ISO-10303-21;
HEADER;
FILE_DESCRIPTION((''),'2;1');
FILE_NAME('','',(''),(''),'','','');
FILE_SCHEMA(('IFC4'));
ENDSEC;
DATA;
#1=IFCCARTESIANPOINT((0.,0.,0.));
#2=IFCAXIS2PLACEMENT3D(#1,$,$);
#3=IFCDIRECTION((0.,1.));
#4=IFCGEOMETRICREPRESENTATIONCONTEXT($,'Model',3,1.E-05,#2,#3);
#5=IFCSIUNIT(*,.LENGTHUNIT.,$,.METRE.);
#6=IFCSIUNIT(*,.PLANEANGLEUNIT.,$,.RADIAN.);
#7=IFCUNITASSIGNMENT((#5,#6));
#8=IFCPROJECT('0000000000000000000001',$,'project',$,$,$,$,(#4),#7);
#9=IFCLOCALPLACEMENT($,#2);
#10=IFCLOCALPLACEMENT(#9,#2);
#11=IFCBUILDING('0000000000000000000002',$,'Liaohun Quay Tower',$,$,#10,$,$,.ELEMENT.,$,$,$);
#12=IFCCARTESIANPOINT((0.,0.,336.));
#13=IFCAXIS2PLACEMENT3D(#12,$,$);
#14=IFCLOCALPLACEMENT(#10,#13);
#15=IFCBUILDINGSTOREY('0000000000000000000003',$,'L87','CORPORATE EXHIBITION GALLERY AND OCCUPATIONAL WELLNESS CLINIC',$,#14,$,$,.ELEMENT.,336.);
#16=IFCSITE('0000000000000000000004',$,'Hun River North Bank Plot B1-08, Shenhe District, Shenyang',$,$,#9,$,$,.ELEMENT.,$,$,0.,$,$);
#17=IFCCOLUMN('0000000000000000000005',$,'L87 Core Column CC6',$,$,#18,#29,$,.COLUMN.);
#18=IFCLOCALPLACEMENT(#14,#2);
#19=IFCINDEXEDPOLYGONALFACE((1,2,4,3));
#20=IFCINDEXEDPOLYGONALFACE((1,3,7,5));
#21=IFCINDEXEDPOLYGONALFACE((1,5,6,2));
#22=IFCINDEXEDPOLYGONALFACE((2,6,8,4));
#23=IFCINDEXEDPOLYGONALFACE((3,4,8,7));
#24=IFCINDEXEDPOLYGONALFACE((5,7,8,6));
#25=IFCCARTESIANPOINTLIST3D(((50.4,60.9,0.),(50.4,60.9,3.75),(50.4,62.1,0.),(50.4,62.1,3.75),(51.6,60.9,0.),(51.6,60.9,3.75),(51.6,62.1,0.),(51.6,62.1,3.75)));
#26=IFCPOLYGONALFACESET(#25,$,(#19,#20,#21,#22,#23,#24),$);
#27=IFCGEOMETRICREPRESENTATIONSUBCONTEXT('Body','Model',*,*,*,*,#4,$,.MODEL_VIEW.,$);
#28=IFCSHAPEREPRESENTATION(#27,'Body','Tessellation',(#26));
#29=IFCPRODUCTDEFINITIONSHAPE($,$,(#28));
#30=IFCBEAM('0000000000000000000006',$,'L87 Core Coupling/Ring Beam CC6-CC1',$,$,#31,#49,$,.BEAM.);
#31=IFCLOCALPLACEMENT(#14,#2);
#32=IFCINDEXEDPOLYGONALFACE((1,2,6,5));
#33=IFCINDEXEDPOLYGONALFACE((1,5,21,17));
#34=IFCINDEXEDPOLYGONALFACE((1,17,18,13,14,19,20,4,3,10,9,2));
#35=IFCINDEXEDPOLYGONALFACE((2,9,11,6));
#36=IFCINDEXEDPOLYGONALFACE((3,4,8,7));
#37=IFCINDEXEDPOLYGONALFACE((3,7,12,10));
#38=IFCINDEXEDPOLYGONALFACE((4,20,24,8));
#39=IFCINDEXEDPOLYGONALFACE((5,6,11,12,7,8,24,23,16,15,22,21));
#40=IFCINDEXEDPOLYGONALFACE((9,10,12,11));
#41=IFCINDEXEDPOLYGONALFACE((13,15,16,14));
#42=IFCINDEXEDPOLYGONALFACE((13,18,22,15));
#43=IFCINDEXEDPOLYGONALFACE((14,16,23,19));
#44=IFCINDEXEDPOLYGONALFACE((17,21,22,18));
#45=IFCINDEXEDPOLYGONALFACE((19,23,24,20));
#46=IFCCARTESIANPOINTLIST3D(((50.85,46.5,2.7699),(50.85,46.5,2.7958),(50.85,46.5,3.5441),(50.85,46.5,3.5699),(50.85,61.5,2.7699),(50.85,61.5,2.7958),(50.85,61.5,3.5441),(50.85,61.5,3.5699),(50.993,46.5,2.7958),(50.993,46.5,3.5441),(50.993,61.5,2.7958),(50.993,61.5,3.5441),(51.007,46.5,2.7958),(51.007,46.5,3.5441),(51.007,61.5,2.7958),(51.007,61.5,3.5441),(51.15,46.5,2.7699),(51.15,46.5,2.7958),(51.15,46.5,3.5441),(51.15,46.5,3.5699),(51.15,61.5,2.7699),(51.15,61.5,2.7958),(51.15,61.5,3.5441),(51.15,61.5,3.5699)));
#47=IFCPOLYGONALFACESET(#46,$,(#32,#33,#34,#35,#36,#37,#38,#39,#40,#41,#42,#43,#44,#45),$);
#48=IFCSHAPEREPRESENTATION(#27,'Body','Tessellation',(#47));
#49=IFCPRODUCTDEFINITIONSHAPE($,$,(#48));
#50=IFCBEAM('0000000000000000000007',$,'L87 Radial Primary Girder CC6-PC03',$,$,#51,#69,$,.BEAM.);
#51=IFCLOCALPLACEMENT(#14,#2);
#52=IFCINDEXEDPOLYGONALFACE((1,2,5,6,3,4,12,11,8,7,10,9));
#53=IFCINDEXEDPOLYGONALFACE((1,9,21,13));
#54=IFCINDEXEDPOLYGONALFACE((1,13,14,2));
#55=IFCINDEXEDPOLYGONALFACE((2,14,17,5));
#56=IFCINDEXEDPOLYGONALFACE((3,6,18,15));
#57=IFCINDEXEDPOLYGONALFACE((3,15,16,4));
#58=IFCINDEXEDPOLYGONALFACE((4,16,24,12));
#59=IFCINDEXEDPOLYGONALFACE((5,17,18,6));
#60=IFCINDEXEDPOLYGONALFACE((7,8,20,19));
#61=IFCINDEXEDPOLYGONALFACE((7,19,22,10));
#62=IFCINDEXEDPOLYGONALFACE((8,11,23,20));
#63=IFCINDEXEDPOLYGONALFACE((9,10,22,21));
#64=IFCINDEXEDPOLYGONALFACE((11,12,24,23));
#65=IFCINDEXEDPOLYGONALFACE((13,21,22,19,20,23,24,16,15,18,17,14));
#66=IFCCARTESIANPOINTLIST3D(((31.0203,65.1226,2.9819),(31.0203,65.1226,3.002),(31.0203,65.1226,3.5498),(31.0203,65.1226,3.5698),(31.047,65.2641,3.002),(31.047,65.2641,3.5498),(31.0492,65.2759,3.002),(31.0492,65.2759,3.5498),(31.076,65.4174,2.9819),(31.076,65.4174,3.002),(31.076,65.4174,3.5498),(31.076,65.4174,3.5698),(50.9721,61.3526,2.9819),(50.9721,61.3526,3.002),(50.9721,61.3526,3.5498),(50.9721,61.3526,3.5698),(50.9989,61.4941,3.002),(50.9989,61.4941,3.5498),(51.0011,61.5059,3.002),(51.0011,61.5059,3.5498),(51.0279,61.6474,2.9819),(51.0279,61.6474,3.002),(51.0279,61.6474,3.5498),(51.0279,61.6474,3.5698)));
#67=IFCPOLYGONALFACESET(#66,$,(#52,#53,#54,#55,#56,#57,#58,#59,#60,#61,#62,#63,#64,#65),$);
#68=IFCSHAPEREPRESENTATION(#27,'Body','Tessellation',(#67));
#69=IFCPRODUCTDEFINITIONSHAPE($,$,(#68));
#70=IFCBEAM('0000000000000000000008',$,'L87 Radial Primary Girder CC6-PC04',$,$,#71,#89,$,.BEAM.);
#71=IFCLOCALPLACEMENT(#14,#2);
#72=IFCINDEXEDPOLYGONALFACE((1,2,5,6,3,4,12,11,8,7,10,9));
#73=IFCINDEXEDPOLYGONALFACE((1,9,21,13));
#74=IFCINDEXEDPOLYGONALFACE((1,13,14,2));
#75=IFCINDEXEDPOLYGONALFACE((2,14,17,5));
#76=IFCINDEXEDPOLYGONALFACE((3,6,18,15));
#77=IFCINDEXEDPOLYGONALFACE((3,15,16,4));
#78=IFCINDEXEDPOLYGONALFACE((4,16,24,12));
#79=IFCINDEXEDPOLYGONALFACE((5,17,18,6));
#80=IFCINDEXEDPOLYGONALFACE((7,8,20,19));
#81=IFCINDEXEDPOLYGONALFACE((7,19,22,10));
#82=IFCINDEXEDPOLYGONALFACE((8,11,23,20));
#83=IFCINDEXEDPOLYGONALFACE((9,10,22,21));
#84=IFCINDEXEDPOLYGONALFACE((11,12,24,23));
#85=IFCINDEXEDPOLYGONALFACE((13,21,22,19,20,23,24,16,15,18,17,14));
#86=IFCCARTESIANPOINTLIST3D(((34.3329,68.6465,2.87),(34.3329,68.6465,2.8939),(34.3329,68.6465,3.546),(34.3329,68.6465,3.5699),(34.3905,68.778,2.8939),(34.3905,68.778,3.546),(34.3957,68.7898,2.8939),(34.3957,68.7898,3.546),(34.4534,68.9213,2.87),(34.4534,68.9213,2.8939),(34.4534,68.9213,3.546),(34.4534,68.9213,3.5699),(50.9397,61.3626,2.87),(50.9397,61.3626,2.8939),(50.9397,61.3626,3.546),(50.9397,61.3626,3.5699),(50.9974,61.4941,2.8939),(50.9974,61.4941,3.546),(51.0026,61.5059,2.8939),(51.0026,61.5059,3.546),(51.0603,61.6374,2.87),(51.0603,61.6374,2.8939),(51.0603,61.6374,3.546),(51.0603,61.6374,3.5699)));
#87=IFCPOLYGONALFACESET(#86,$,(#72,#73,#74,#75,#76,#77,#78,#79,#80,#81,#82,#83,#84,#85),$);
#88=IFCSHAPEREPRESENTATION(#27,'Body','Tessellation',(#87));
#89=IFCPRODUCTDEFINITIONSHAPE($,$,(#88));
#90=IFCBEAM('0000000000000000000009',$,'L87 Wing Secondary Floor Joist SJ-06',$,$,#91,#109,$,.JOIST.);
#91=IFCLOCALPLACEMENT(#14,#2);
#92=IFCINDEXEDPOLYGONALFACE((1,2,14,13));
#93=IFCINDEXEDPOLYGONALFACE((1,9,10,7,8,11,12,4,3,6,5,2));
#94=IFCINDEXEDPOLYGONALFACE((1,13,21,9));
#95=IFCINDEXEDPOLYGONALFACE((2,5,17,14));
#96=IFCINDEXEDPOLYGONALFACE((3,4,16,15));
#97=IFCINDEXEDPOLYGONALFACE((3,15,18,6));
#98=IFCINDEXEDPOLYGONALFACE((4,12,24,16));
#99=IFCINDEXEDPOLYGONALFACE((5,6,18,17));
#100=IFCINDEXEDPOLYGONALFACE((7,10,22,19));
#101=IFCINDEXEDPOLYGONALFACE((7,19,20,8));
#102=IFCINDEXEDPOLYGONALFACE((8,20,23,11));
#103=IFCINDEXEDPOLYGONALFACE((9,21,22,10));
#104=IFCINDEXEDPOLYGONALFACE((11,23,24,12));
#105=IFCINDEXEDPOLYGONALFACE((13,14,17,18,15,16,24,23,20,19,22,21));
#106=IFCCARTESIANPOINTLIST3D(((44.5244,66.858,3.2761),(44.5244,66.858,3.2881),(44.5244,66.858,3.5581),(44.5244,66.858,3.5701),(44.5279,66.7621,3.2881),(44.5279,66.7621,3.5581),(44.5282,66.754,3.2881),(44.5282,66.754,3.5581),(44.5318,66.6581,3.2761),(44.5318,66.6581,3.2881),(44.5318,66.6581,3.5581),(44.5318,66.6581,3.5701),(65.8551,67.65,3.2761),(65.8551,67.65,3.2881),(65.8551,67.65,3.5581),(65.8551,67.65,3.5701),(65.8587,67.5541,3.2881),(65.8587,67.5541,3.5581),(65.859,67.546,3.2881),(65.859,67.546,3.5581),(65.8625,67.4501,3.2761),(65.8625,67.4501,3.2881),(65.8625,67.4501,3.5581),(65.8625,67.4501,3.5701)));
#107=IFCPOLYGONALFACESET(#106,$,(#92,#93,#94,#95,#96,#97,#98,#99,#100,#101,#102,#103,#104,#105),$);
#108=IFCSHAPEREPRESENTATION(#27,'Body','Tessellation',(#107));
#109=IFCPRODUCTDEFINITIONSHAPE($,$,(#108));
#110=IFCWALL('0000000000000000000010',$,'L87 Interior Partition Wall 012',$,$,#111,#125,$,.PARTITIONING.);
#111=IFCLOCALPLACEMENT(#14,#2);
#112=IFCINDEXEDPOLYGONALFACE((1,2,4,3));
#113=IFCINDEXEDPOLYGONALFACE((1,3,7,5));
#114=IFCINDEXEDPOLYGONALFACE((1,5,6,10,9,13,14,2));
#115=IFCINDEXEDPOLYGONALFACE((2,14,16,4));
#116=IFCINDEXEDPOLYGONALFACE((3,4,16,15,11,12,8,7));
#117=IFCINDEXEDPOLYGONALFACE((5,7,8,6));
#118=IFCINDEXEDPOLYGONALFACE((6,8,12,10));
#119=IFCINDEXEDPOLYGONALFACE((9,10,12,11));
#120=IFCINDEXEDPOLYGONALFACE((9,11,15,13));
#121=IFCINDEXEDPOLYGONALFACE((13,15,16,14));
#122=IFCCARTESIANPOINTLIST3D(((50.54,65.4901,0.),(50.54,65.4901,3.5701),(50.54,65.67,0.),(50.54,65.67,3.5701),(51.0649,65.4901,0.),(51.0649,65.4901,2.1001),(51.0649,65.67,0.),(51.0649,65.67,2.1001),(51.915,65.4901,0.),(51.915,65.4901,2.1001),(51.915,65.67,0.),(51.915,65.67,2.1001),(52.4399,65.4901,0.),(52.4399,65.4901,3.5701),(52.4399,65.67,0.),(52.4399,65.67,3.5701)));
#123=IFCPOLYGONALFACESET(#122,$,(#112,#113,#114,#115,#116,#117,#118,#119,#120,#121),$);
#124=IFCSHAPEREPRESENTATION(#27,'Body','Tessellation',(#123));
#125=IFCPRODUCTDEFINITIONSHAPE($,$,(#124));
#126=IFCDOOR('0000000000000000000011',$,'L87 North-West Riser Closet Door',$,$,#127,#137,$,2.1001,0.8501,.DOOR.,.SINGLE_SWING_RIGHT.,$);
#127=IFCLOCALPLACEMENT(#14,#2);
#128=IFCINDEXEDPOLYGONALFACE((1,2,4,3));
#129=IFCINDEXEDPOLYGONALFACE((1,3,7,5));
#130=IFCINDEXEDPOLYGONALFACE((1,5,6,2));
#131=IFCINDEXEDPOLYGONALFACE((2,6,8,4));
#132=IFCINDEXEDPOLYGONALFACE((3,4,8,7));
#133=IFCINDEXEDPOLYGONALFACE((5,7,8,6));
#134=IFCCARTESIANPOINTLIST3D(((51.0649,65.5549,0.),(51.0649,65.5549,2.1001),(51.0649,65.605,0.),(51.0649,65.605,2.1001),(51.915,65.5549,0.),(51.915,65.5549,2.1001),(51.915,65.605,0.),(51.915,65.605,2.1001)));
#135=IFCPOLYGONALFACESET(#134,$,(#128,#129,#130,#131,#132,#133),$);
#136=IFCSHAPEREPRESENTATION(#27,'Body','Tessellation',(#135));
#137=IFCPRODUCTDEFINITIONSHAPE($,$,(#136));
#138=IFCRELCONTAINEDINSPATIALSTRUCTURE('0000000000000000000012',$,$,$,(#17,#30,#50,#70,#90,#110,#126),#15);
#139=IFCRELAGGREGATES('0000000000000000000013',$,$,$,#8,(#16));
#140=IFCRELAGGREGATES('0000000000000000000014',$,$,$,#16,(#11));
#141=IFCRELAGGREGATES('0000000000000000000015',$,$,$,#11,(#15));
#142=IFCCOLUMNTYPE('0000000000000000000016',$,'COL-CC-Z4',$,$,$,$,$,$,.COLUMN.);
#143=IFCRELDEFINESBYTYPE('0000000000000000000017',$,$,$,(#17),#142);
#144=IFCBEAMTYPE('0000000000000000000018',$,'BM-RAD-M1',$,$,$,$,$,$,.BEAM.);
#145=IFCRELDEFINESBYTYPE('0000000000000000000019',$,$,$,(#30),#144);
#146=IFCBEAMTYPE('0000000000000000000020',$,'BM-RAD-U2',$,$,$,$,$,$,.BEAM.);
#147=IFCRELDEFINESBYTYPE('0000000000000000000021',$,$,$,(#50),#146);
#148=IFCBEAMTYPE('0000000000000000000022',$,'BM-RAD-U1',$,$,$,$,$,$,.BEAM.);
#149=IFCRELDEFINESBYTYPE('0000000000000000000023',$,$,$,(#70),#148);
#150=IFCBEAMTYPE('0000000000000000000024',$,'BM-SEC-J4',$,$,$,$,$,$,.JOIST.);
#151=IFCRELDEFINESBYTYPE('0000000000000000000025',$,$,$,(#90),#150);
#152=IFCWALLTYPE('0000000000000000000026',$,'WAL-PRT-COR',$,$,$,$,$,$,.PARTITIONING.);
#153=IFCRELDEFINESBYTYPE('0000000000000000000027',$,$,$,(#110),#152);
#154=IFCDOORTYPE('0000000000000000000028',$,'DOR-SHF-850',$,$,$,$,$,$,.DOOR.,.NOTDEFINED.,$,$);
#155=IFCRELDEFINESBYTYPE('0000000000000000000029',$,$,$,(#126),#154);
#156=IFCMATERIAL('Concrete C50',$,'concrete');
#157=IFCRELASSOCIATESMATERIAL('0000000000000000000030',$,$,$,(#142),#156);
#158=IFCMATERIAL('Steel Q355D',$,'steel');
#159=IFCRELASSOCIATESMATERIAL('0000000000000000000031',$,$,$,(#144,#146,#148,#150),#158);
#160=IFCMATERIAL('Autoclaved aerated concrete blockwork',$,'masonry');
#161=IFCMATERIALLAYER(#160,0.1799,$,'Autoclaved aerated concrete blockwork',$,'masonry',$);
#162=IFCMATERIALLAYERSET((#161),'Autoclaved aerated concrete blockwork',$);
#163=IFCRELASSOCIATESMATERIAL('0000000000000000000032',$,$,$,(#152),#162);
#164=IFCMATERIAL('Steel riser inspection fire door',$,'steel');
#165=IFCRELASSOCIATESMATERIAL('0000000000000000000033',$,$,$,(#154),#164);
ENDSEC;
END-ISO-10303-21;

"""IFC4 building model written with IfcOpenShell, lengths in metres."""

from ifc_helpers import new_model, si_unit, direction, frame, frame_2d, origin, origin_2d, place, context, subcontext, project, spatial, rectangle, i_section, extrude, source, transform, mapped, material, layer, layer_set, material_profile, profile_set, type_object, element, fill, save


model = new_model("IFC4")

# Units and contexts
model_context = context("Model", 3, precision=1e-05, world=origin(), true_north=direction((0.0, 1.0)))
body_context = subcontext(model_context, "Body", "Model", "MODEL_VIEW")
ifc_project = project(units=[si_unit("LENGTHUNIT", "METRE"), si_unit("PLANEANGLEUNIT", "RADIAN")], contexts=[model_context])

# Site, building, storey
site_placement = place(None, origin())
site = spatial("IfcSite", under=ifc_project, at=site_placement, Name="Hun River North Bank Plot B1-08, Shenhe District, Shenyang", CompositionType="ELEMENT", RefElevation=0.0)
building_placement = place(site_placement, origin())
building = spatial("IfcBuilding", under=site, at=building_placement, Name="Liaohun Quay Tower", CompositionType="ELEMENT")
storey_placement = place(building_placement, frame((0.0, 0.0, 336.0)))
storey = spatial("IfcBuildingStorey", under=building, at=storey_placement, Name="L87", Description="CORPORATE EXHIBITION GALLERY AND OCCUPATIONAL WELLNESS CLINIC", CompositionType="ELEMENT", Elevation=336.0)

# Column
ifc_material_1 = material(Name="Concrete C50", Category="concrete")
ifc_material_profile_1 = material_profile(ifc_material_1, rectangle(XDim=1.2, YDim=1.2, at=origin_2d()), Name="RC1200x1200")
ifc_profile_set_1 = profile_set([ifc_material_profile_1], Name="Concrete C50")
column_type = type_object("IfcColumnType", Name="COL-CC-Z4", PredefinedType="COLUMN", material=ifc_profile_set_1)
shared_shape_1 = source(origin(), body_context, "Body", "SweptSolid", [
    extrude(rectangle(XDim=1.2, YDim=1.2, at=origin_2d()), origin(), (0.0, 0.0, 1.0), 3.75),
])
column_placement = place(storey_placement, frame((51.0, 61.5, 0.0), z_axis=(0.0, 0.0, 1.0), x_axis=(1.0, 0.0, 0.0)))
element("IfcColumn", 1, at=column_placement, inside=storey, type_object=column_type, Name="L87 Core Column CC6", PredefinedType="COLUMN", context=body_context, shape_type="MappedRepresentation", body=[
    mapped(shared_shape_1, transform((0.0, 0.0, 0.0), x_axis=(1.0, 0.0, 0.0), y_axis=(0.0, 1.0, 0.0), z_axis=(0.0, 0.0, 1.0), scale=1.0)),
])

# Beams
ifc_material_2 = material(Name="Steel Q355D", Category="steel")
ifc_material_profile_2 = material_profile(ifc_material_2, i_section(OverallWidth=0.3, OverallDepth=0.8, WebThickness=0.0139, FlangeThickness=0.0259, at=origin_2d()), Name="HN800x300x14x26")
ifc_profile_set_2 = profile_set([ifc_material_profile_2], Name="Steel Q355D")
beam_type_1 = type_object("IfcBeamType", Name="BM-RAD-M1", PredefinedType="BEAM", material=ifc_profile_set_2)
shared_shape_2 = source(origin(), body_context, "Body", "SweptSolid", [
    extrude(i_section(OverallWidth=0.3, OverallDepth=0.8, WebThickness=0.0139, FlangeThickness=0.0259, at=origin_2d()), origin(), (0.0, 0.0, 1.0), 15.0),
])
beam_1_placement = place(storey_placement, frame((51.0, 61.5, 3.1699), z_axis=(0.0, -1.0, 0.0), x_axis=(1.0, 0.0, 0.0)))
element("IfcBeam", 2, at=beam_1_placement, inside=storey, type_object=beam_type_1, Name="L87 Core Coupling/Ring Beam CC6-CC1", PredefinedType="BEAM", context=body_context, shape_type="MappedRepresentation", body=[
    mapped(shared_shape_2, transform((0.0, 0.0, 0.0), x_axis=(1.0, 0.0, 0.0), y_axis=(0.0, 1.0, 0.0), z_axis=(0.0, 0.0, 1.0), scale=1.0)),
])
ifc_material_profile_3 = material_profile(ifc_material_2, i_section(OverallWidth=0.3, OverallDepth=0.5879, WebThickness=0.012, FlangeThickness=0.02, at=origin_2d()), Name="HM588x300x12x20")
ifc_profile_set_3 = profile_set([ifc_material_profile_3], Name="Steel Q355D")
beam_type_2 = type_object("IfcBeamType", Name="BM-RAD-U2", PredefinedType="BEAM", material=ifc_profile_set_3)
shared_shape_3 = source(origin(), body_context, "Body", "SweptSolid", [
    extrude(i_section(OverallWidth=0.3, OverallDepth=0.5879, WebThickness=0.012, FlangeThickness=0.02, at=origin_2d()), origin(), (0.0, 0.0, 1.0), 20.3049),
])
beam_2_placement = place(storey_placement, frame((51.0, 61.5, 3.2759), z_axis=(-0.982612, 0.18567, 0.0), x_axis=(-0.18567, -0.982612, 0.0)))
element("IfcBeam", 3, at=beam_2_placement, inside=storey, type_object=beam_type_2, Name="L87 Radial Primary Girder CC6-PC03", PredefinedType="BEAM", context=body_context, shape_type="MappedRepresentation", body=[
    mapped(shared_shape_3, transform((0.0, 0.0, 0.0), x_axis=(1.0, 0.0, 0.0), y_axis=(0.0, 1.0, 0.0), z_axis=(0.0, 0.0, 1.0), scale=1.0)),
])
ifc_material_profile_4 = material_profile(ifc_material_2, i_section(OverallWidth=0.3, OverallDepth=0.7, WebThickness=0.0129, FlangeThickness=0.0239, at=origin_2d()), Name="HN700x300x13x24")
ifc_profile_set_4 = profile_set([ifc_material_profile_4], Name="Steel Q355D")
beam_type_3 = type_object("IfcBeamType", Name="BM-RAD-U1", PredefinedType="BEAM", material=ifc_profile_set_4)
shared_shape_4 = source(origin(), body_context, "Body", "SweptSolid", [
    extrude(i_section(OverallWidth=0.3, OverallDepth=0.7, WebThickness=0.0129, FlangeThickness=0.0239, at=origin_2d()), origin(), (0.0, 0.0, 1.0), 18.134),
])
beam_3_placement = place(storey_placement, frame((51.0, 61.5, 3.22), z_axis=(-0.915784, 0.40167, 0.0), x_axis=(-0.40167, -0.915784, 0.0)))
element("IfcBeam", 4, at=beam_3_placement, inside=storey, type_object=beam_type_3, Name="L87 Radial Primary Girder CC6-PC04", PredefinedType="BEAM", context=body_context, shape_type="MappedRepresentation", body=[
    mapped(shared_shape_4, transform((0.0, 0.0, 0.0), x_axis=(1.0, 0.0, 0.0), y_axis=(0.0, 1.0, 0.0), z_axis=(0.0, 0.0, 1.0), scale=1.0)),
])
ifc_material_profile_5 = material_profile(ifc_material_2, i_section(OverallWidth=0.2, OverallDepth=0.2939, WebThickness=0.0081, FlangeThickness=0.012, at=origin_2d()), Name="HM294x200x8x12")
ifc_profile_set_5 = profile_set([ifc_material_profile_5], Name="Steel Q355D")
beam_type_4 = type_object("IfcBeamType", Name="BM-SEC-J4", PredefinedType="JOIST", material=ifc_profile_set_5)
shared_shape_5 = source(origin(), body_context, "Body", "SweptSolid", [
    extrude(i_section(OverallWidth=0.2, OverallDepth=0.2939, WebThickness=0.0081, FlangeThickness=0.012, at=origin_2d()), origin(), (0.0, 0.0, 1.0), 21.3455),
])
beam_4_placement = place(storey_placement, frame((44.5281, 66.7581, 3.4231), z_axis=(0.999311, 0.037103, 0.0), x_axis=(-0.037103, 0.999311, 0.0)))
element("IfcBeam", 5, at=beam_4_placement, inside=storey, type_object=beam_type_4, Name="L87 Wing Secondary Floor Joist SJ-06", PredefinedType="JOIST", context=body_context, shape_type="MappedRepresentation", body=[
    mapped(shared_shape_5, transform((0.0, 0.0, 0.0), x_axis=(1.0, 0.0, 0.0), y_axis=(0.0, 1.0, 0.0), z_axis=(0.0, 0.0, 1.0), scale=1.0)),
])

# Wall, opening, door
ifc_material_3 = material(Name="Autoclaved aerated concrete blockwork", Category="masonry")
ifc_layer_1 = layer(ifc_material_3, 0.1799, Name="Autoclaved aerated concrete blockwork", Category="masonry")
ifc_layer_set_1 = layer_set([ifc_layer_1], Name="Autoclaved aerated concrete blockwork")
wall_type_1 = type_object("IfcWallType", Name="WAL-PRT-COR", PredefinedType="PARTITIONING", material=ifc_layer_set_1)
wall_1_placement = place(storey_placement, frame((50.54, 65.5801, 0.0), z_axis=(0.0, 0.0, 1.0), x_axis=(1.0, 0.0, 0.0)))
wall_1 = element("IfcWall", 6, at=wall_1_placement, inside=storey, type_object=wall_type_1, Name="L87 Interior Partition Wall 012", PredefinedType="PARTITIONING", context=body_context, shape_type="SweptSolid", body=[
    extrude(rectangle(XDim=1.8999, YDim=0.1799, at=frame_2d((0.95, 0.0))), origin(), (0.0, 0.0, 1.0), 3.5701),
])
shared_shape_6 = source(origin(), body_context, "Body", "SweptSolid", [
    extrude(rectangle(XDim=0.8501, YDim=2.1001, at=frame_2d((0.425, 1.05))), frame((0.0, 0.0999, 0.0), z_axis=(0.0, -1.0, 0.0), x_axis=(1.0, 0.0, 0.0)), (0.0, 0.0, 1.0), 0.2),
])
opening_1_placement = place(wall_1_placement, frame((0.5249, 0.0, 0.0)))
opening_1 = element("IfcOpeningElement", 7, at=opening_1_placement, cuts=wall_1, PredefinedType="OPENING", context=body_context, shape_type="MappedRepresentation", body=[
    mapped(shared_shape_6, transform((0.0, 0.0, 0.0), x_axis=(1.0, 0.0, 0.0), y_axis=(0.0, 1.0, 0.0), z_axis=(0.0, 0.0, 1.0), scale=1.0)),
])
ifc_material_4 = material(Name="Steel riser inspection fire door", Category="steel")
door_type_1 = type_object("IfcDoorType", Name="DOR-SHF-850", OperationType="NOTDEFINED", PredefinedType="DOOR", material=ifc_material_4)
shared_shape_7 = source(origin(), body_context, "Body", "SweptSolid", [
    extrude(rectangle(XDim=0.8501, YDim=2.1001, at=frame_2d((0.425, 1.05))), frame((0.0, 0.0249, 0.0), z_axis=(0.0, -1.0, 0.0), x_axis=(1.0, 0.0, 0.0)), (0.0, 0.0, 1.0), 0.05),
])
door_1_placement = place(opening_1_placement, origin())
door_1 = element("IfcDoor", 8, at=door_1_placement, inside=storey, type_object=door_type_1, Name="L87 North-West Riser Closet Door", OperationType="SINGLE_SWING_RIGHT", OverallHeight=2.1001, OverallWidth=0.8501, PredefinedType="DOOR", context=body_context, shape_type="MappedRepresentation", body=[
    mapped(shared_shape_7, transform((0.0, 0.0, 0.0), x_axis=(1.0, 0.0, 0.0), y_axis=(0.0, 1.0, 0.0), z_axis=(0.0, 0.0, 1.0), scale=1.0)),
])
fill(opening_1, door_1)

save(model, "model.ifc")
